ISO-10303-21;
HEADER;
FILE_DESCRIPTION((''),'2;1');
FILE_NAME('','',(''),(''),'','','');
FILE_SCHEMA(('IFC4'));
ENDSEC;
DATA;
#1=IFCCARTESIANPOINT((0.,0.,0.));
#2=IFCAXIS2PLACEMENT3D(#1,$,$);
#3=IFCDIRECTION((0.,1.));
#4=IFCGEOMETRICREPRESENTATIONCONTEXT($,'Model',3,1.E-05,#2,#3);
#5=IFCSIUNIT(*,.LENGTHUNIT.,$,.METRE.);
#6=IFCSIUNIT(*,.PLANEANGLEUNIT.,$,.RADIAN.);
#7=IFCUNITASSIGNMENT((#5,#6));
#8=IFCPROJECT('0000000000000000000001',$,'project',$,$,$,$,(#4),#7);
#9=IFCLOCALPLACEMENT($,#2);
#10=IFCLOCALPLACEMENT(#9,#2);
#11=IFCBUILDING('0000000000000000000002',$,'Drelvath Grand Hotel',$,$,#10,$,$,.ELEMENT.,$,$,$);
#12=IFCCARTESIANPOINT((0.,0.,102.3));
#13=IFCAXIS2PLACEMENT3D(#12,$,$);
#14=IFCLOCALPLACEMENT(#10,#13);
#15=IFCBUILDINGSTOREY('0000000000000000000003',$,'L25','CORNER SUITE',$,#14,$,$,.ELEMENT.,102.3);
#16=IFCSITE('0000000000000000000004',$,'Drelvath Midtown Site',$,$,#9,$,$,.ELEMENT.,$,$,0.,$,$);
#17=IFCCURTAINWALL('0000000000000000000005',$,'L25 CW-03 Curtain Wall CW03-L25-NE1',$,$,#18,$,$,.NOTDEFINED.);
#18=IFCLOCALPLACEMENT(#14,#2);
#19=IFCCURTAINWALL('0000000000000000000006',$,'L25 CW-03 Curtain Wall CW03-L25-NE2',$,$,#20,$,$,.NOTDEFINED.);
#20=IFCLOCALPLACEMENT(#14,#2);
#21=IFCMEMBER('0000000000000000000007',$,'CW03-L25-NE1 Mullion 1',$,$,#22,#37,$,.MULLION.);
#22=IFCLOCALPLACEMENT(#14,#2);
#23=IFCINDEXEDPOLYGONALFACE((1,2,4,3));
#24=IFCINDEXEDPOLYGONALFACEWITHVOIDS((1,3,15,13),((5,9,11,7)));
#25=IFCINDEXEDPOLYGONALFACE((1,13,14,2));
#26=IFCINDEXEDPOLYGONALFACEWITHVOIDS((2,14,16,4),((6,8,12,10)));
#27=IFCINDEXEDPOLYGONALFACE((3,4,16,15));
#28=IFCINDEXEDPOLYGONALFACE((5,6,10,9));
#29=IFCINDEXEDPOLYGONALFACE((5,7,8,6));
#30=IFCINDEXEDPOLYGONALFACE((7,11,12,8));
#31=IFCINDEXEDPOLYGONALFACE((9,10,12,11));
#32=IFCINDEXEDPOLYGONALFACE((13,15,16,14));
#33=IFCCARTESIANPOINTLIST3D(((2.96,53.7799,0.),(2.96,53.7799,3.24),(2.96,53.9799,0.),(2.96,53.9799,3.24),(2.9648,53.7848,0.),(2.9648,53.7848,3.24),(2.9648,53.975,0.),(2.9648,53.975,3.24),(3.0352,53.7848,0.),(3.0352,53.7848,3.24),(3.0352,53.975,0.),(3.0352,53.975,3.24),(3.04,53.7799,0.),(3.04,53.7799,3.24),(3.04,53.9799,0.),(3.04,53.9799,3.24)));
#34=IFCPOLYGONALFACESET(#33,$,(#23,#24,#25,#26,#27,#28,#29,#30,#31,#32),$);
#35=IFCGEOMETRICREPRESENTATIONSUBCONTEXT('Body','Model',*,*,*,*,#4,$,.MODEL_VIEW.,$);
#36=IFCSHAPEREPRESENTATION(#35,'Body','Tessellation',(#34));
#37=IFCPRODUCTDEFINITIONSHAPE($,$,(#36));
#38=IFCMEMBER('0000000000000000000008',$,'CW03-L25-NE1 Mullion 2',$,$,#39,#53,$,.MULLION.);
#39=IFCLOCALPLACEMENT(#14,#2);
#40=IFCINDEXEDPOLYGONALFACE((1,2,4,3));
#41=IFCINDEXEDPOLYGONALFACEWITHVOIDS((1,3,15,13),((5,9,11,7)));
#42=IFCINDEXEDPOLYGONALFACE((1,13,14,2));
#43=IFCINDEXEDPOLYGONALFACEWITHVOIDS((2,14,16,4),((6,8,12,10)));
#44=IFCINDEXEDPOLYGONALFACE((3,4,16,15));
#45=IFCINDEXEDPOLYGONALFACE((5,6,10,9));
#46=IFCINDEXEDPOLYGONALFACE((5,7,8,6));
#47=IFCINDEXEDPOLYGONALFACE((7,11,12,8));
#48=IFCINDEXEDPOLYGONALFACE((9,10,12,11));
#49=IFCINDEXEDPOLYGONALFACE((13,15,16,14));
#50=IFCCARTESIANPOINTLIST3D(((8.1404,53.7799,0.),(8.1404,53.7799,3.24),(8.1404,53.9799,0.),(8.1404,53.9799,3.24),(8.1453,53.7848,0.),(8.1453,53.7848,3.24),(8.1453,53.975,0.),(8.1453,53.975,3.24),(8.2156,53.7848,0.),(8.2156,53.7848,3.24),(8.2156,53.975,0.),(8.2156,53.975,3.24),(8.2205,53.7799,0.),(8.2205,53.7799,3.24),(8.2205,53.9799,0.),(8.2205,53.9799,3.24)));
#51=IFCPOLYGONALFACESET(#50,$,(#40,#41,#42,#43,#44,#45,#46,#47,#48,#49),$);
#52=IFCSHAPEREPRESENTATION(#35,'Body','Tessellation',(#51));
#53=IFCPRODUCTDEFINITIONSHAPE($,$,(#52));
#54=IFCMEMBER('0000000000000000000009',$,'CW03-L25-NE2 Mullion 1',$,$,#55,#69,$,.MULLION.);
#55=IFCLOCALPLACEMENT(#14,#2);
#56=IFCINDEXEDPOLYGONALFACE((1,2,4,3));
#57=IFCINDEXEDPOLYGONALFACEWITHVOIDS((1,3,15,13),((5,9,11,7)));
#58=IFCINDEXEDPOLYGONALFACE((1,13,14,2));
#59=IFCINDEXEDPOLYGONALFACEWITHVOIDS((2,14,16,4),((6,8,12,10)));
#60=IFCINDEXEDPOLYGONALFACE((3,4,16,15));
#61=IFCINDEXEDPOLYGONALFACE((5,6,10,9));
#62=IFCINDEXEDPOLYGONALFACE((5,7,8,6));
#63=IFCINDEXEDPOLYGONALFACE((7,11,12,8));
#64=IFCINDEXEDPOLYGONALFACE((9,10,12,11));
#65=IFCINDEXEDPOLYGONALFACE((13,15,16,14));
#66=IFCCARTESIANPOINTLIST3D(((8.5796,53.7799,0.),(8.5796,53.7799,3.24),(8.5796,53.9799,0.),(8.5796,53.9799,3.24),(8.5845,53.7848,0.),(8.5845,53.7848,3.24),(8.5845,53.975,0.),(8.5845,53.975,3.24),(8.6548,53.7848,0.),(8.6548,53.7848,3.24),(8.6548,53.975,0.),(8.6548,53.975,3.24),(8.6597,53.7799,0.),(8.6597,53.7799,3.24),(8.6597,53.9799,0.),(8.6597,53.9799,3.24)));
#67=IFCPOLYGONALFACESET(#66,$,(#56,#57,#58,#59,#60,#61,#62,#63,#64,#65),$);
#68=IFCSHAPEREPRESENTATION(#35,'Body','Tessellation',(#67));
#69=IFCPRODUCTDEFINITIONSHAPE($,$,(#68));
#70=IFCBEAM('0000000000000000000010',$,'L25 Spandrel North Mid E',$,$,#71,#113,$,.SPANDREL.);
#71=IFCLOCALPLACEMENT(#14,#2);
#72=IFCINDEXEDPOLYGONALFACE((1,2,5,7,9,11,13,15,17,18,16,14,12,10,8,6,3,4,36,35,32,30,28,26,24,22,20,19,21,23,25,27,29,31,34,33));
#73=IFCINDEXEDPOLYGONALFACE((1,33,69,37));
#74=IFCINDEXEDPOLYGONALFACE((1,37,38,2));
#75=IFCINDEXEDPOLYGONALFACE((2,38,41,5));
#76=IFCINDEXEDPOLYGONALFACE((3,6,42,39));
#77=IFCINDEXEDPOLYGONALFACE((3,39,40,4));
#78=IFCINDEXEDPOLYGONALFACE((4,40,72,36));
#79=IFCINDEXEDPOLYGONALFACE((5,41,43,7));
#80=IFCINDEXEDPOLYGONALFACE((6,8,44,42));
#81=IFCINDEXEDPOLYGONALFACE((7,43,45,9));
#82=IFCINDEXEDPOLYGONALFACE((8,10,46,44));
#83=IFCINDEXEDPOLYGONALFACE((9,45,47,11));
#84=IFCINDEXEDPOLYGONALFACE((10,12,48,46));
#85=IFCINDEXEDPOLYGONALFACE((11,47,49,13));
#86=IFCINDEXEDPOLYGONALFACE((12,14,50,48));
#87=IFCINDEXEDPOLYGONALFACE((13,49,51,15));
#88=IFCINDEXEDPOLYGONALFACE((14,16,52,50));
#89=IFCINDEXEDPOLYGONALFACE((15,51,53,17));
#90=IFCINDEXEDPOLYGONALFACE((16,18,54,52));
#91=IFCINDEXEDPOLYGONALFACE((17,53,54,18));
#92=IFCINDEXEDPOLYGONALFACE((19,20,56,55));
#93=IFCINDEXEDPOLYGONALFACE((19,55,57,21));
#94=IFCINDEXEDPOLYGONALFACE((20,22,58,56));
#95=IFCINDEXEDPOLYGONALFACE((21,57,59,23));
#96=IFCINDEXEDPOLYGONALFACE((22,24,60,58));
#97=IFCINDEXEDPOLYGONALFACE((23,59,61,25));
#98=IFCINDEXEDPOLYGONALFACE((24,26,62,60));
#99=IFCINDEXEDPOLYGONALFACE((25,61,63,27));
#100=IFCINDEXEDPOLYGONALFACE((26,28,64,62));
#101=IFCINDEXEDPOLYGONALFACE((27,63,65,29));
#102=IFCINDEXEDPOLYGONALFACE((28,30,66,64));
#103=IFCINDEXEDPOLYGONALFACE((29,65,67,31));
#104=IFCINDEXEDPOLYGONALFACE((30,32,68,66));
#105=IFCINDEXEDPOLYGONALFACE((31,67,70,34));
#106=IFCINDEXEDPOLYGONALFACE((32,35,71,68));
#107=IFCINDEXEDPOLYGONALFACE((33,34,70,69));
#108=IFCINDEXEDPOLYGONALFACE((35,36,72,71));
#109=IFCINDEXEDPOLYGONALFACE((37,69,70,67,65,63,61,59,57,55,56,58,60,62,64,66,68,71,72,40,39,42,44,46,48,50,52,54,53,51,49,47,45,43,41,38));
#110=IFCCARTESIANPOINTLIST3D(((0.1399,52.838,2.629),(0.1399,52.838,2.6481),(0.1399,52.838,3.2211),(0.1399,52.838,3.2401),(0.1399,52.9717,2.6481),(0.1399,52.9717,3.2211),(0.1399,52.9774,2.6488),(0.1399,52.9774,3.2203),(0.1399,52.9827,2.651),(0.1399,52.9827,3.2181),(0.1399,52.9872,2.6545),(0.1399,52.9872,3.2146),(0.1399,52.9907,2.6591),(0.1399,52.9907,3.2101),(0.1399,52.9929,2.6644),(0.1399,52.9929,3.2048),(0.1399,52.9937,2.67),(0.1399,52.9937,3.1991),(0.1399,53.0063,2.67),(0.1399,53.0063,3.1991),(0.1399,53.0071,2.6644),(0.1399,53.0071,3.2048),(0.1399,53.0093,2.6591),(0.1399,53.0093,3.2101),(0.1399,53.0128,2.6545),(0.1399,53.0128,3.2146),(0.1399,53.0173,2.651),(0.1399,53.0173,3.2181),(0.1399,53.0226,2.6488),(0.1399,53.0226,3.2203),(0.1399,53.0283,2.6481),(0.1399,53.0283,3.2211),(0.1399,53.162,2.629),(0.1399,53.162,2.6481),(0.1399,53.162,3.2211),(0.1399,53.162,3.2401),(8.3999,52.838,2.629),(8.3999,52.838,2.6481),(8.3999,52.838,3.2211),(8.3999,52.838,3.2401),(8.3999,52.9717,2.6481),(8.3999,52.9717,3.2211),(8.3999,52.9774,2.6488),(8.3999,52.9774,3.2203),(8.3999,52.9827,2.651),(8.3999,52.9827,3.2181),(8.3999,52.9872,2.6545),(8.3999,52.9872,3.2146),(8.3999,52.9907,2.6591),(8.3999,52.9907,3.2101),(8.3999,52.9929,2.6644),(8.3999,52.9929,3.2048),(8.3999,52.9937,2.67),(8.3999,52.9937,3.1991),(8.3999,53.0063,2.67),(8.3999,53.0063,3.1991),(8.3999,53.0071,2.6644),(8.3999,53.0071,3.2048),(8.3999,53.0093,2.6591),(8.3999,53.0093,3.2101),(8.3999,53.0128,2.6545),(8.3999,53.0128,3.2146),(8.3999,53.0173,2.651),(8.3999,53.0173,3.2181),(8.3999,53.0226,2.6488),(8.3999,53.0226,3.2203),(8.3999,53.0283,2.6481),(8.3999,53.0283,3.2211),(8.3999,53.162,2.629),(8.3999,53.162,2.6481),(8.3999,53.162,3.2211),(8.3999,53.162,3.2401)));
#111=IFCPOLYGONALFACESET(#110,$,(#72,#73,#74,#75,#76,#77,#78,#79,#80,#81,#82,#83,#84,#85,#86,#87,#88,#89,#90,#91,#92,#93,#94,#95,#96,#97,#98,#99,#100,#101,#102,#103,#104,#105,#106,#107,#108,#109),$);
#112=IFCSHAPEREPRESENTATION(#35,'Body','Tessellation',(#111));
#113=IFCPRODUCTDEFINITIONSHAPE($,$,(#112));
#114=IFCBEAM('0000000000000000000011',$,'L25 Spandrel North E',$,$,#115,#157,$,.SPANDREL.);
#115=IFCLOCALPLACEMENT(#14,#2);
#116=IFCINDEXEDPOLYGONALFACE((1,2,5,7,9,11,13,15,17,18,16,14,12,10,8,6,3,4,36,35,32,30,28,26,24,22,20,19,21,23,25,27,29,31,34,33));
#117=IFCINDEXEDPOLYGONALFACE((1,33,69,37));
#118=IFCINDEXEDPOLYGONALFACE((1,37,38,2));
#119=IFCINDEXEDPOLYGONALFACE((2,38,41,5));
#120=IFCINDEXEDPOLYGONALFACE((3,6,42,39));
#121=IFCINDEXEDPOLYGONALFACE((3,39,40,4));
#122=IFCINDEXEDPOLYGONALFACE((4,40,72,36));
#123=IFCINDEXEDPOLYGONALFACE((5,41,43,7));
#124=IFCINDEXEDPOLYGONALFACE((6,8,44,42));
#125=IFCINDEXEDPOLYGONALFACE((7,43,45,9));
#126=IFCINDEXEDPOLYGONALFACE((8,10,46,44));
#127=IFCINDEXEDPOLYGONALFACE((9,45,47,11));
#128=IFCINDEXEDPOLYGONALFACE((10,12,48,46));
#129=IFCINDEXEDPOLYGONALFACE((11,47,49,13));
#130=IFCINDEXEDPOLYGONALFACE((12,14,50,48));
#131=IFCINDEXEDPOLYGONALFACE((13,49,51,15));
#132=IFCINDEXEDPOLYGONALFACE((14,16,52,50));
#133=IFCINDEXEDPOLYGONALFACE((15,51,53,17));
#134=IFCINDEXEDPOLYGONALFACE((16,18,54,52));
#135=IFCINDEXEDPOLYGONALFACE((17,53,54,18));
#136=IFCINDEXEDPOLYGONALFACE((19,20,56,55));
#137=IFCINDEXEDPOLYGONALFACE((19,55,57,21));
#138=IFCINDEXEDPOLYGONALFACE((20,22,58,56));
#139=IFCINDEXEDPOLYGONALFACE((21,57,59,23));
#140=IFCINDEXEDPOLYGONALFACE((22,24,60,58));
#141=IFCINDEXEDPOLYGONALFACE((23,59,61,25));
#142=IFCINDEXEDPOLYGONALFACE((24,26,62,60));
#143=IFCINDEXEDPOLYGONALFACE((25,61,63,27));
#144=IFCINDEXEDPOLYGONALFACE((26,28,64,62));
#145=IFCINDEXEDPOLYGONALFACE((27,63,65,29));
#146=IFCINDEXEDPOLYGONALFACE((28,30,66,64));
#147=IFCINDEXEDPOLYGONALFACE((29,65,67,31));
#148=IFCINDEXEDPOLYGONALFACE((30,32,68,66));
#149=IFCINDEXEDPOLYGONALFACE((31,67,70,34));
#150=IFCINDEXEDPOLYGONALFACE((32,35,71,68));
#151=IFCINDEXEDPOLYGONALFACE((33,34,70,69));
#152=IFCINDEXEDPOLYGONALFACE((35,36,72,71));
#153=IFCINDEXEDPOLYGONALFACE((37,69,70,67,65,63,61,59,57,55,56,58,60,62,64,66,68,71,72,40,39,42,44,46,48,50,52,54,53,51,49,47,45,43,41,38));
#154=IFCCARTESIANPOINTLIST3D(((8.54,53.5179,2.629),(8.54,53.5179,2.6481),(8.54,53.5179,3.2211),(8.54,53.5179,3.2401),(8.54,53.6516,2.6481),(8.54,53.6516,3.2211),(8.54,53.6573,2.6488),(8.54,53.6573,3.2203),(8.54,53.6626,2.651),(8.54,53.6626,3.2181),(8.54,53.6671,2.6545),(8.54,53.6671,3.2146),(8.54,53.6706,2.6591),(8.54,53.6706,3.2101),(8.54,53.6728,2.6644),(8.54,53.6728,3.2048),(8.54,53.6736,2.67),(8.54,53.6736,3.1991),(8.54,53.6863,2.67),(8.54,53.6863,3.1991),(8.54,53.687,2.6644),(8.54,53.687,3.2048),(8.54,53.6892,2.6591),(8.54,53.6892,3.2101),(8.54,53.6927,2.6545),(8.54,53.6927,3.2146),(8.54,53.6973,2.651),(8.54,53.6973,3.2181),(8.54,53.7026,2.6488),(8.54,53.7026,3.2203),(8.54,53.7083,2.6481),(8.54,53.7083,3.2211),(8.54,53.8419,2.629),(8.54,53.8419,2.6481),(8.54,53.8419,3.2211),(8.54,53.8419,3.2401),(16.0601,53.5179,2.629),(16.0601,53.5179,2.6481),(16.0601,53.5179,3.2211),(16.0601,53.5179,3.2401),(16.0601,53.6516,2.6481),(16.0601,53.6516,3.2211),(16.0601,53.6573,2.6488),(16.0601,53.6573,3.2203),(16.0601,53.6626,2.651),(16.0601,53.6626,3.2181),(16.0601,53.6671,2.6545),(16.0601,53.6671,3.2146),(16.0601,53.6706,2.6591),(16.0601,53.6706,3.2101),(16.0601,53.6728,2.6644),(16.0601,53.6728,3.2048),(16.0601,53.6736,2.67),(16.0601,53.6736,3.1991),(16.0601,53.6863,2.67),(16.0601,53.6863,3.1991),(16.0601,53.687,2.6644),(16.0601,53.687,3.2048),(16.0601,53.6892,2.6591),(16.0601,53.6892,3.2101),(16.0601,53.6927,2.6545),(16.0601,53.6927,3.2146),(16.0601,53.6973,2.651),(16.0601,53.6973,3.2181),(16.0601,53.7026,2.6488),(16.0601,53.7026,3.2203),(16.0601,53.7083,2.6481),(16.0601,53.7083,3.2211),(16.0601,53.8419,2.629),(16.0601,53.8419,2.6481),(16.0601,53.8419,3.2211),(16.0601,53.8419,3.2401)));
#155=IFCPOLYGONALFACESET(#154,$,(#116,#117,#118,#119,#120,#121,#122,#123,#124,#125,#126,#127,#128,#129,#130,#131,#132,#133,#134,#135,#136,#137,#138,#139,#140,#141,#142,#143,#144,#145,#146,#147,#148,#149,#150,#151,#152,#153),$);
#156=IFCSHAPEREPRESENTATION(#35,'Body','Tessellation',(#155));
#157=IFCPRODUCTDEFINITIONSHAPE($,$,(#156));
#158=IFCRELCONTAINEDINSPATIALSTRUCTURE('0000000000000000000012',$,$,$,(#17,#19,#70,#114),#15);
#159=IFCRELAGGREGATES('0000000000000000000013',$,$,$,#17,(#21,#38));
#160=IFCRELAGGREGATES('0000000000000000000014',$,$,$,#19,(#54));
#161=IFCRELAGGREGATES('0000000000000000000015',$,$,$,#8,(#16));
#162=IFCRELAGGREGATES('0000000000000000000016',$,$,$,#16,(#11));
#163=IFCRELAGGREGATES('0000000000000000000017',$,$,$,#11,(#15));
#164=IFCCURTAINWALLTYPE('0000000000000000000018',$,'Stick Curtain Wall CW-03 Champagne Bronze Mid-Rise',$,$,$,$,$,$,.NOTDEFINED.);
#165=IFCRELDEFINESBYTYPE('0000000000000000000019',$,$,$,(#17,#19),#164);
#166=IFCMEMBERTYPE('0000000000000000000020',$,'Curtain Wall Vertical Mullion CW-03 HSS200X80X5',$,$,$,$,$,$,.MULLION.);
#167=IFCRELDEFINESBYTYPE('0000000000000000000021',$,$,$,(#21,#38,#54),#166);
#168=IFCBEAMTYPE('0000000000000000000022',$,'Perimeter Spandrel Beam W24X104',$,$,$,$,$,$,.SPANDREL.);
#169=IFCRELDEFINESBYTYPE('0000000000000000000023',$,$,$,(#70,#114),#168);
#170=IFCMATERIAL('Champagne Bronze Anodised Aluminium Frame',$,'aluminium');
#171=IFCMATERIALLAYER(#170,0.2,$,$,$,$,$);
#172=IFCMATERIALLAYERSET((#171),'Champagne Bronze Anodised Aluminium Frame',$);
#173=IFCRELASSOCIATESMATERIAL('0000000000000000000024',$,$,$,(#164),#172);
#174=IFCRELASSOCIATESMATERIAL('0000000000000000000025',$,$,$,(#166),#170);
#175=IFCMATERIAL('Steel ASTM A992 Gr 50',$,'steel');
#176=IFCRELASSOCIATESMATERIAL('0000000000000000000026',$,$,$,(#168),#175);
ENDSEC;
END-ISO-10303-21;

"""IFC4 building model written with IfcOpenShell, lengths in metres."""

from ifc_helpers import new_model, si_unit, direction, frame, origin, origin_2d, place, context, subcontext, project, spatial, hollow_rectangle, i_section, extrude, material, layer, layer_set, material_profile, profile_set, type_object, element, aggregate, save


model = new_model("IFC4")

# Units and contexts
model_context = context("Model", 3, precision=1e-05, world=origin(), true_north=direction((0.0, 1.0)))
body_context = subcontext(model_context, "Body", "Model", "MODEL_VIEW")
ifc_project = project(units=[si_unit("LENGTHUNIT", "METRE"), si_unit("PLANEANGLEUNIT", "RADIAN")], contexts=[model_context])

# Site, building, storey
site_placement = place(None, origin())
site = spatial("IfcSite", under=ifc_project, at=site_placement, Name="Drelvath Midtown Site", CompositionType="ELEMENT", RefElevation=0.0)
building_placement = place(site_placement, origin())
building = spatial("IfcBuilding", under=site, at=building_placement, Name="Drelvath Grand Hotel", CompositionType="ELEMENT")
storey_placement = place(building_placement, frame((0.0, 0.0, 102.3)))
storey = spatial("IfcBuildingStorey", under=building, at=storey_placement, Name="L25", Description="CORNER SUITE", CompositionType="ELEMENT", Elevation=102.3)

# Curtain walls
ifc_material_1 = material(Name="Champagne Bronze Anodised Aluminium Frame", Category="aluminium")
ifc_layer_1 = layer(ifc_material_1, 0.2)
ifc_layer_set_1 = layer_set([ifc_layer_1], Name="Champagne Bronze Anodised Aluminium Frame")
curtain_wall_type = type_object("IfcCurtainWallType", Name="Stick Curtain Wall CW-03 Champagne Bronze Mid-Rise", PredefinedType="NOTDEFINED", material=ifc_layer_set_1)
curtain_wall_1_placement = place(storey_placement, origin())
curtain_wall_1 = element("IfcCurtainWall", 1, at=curtain_wall_1_placement, inside=storey, type_object=curtain_wall_type, Name="L25 CW-03 Curtain Wall CW03-L25-NE1", PredefinedType="NOTDEFINED")
curtain_wall_2_placement = place(storey_placement, origin())
curtain_wall_2 = element("IfcCurtainWall", 2, at=curtain_wall_2_placement, inside=storey, type_object=curtain_wall_type, Name="L25 CW-03 Curtain Wall CW03-L25-NE2", PredefinedType="NOTDEFINED")

# Members
ifc_material_profile_1 = material_profile(ifc_material_1, hollow_rectangle(XDim=0.0801, YDim=0.2, WallThickness=0.0049, at=origin_2d()), Name="HSS200X80X5")
ifc_profile_set_1 = profile_set([ifc_material_profile_1], Name="Champagne Bronze Anodised Aluminium Frame")
member_type_1 = type_object("IfcMemberType", Name="Curtain Wall Vertical Mullion CW-03 HSS200X80X5", PredefinedType="MULLION", material=ifc_profile_set_1)
member_1_placement = place(storey_placement, frame((3.0, 53.8799, 0.0), z_axis=(0.0, 0.0, 1.0), x_axis=(1.0, 0.0, 0.0)))
member_1 = element("IfcMember", 3, at=member_1_placement, type_object=member_type_1, Name="CW03-L25-NE1 Mullion 1", PredefinedType="MULLION", context=body_context, shape_type="SweptSolid", body=[
    extrude(hollow_rectangle(XDim=0.0801, YDim=0.2, WallThickness=0.0049, at=origin_2d()), origin(), (0.0, 0.0, 1.0), 3.24),
])
member_2_placement = place(storey_placement, frame((8.1804, 53.8799, 0.0), z_axis=(0.0, 0.0, 1.0), x_axis=(1.0, 0.0, 0.0)))
member_2 = element("IfcMember", 4, at=member_2_placement, type_object=member_type_1, Name="CW03-L25-NE1 Mullion 2", PredefinedType="MULLION", context=body_context, shape_type="SweptSolid", body=[
    extrude(hollow_rectangle(XDim=0.0801, YDim=0.2, WallThickness=0.0049, at=origin_2d()), origin(), (0.0, 0.0, 1.0), 3.24),
])
member_3_placement = place(storey_placement, frame((8.6196, 53.8799, 0.0), z_axis=(0.0, 0.0, 1.0), x_axis=(1.0, 0.0, 0.0)))
member_3 = element("IfcMember", 5, at=member_3_placement, type_object=member_type_1, Name="CW03-L25-NE2 Mullion 1", PredefinedType="MULLION", context=body_context, shape_type="SweptSolid", body=[
    extrude(hollow_rectangle(XDim=0.0801, YDim=0.2, WallThickness=0.0049, at=origin_2d()), origin(), (0.0, 0.0, 1.0), 3.24),
])

# Beams
ifc_material_2 = material(Name="Steel ASTM A992 Gr 50", Category="steel")
ifc_material_profile_2 = material_profile(ifc_material_2, i_section(OverallWidth=0.324, OverallDepth=0.6111, WebThickness=0.0127, FlangeThickness=0.019, FilletRadius=0.022, at=origin_2d()), Name="W24X104")
ifc_profile_set_2 = profile_set([ifc_material_profile_2], Name="Steel ASTM A992 Gr 50")
beam_type_1 = type_object("IfcBeamType", Name="Perimeter Spandrel Beam W24X104", PredefinedType="SPANDREL", material=ifc_profile_set_2)
beam_1_placement = place(storey_placement, frame((0.1399, 53.0, 2.9346), z_axis=(1.0, 0.0, 0.0), x_axis=(0.0, 1.0, 0.0)))
element("IfcBeam", 6, at=beam_1_placement, inside=storey, type_object=beam_type_1, Name="L25 Spandrel North Mid E", PredefinedType="SPANDREL", context=body_context, shape_type="SweptSolid", body=[
    extrude(i_section(OverallWidth=0.324, OverallDepth=0.6111, WebThickness=0.0127, FlangeThickness=0.019, FilletRadius=0.022, at=origin_2d()), origin(), (0.0, 0.0, 1.0), 8.26),
])
beam_2_placement = place(storey_placement, frame((8.54, 53.6799, 2.9346), z_axis=(1.0, 0.0, 0.0), x_axis=(0.0, 1.0, 0.0)))
element("IfcBeam", 7, at=beam_2_placement, inside=storey, type_object=beam_type_1, Name="L25 Spandrel North E", PredefinedType="SPANDREL", context=body_context, shape_type="SweptSolid", body=[
    extrude(i_section(OverallWidth=0.324, OverallDepth=0.6111, WebThickness=0.0127, FlangeThickness=0.019, FilletRadius=0.022, at=origin_2d()), origin(), (0.0, 0.0, 1.0), 7.52),
])

aggregate(curtain_wall_1, [member_1, member_2])
aggregate(curtain_wall_2, [member_3])

save(model, "model.ifc")
